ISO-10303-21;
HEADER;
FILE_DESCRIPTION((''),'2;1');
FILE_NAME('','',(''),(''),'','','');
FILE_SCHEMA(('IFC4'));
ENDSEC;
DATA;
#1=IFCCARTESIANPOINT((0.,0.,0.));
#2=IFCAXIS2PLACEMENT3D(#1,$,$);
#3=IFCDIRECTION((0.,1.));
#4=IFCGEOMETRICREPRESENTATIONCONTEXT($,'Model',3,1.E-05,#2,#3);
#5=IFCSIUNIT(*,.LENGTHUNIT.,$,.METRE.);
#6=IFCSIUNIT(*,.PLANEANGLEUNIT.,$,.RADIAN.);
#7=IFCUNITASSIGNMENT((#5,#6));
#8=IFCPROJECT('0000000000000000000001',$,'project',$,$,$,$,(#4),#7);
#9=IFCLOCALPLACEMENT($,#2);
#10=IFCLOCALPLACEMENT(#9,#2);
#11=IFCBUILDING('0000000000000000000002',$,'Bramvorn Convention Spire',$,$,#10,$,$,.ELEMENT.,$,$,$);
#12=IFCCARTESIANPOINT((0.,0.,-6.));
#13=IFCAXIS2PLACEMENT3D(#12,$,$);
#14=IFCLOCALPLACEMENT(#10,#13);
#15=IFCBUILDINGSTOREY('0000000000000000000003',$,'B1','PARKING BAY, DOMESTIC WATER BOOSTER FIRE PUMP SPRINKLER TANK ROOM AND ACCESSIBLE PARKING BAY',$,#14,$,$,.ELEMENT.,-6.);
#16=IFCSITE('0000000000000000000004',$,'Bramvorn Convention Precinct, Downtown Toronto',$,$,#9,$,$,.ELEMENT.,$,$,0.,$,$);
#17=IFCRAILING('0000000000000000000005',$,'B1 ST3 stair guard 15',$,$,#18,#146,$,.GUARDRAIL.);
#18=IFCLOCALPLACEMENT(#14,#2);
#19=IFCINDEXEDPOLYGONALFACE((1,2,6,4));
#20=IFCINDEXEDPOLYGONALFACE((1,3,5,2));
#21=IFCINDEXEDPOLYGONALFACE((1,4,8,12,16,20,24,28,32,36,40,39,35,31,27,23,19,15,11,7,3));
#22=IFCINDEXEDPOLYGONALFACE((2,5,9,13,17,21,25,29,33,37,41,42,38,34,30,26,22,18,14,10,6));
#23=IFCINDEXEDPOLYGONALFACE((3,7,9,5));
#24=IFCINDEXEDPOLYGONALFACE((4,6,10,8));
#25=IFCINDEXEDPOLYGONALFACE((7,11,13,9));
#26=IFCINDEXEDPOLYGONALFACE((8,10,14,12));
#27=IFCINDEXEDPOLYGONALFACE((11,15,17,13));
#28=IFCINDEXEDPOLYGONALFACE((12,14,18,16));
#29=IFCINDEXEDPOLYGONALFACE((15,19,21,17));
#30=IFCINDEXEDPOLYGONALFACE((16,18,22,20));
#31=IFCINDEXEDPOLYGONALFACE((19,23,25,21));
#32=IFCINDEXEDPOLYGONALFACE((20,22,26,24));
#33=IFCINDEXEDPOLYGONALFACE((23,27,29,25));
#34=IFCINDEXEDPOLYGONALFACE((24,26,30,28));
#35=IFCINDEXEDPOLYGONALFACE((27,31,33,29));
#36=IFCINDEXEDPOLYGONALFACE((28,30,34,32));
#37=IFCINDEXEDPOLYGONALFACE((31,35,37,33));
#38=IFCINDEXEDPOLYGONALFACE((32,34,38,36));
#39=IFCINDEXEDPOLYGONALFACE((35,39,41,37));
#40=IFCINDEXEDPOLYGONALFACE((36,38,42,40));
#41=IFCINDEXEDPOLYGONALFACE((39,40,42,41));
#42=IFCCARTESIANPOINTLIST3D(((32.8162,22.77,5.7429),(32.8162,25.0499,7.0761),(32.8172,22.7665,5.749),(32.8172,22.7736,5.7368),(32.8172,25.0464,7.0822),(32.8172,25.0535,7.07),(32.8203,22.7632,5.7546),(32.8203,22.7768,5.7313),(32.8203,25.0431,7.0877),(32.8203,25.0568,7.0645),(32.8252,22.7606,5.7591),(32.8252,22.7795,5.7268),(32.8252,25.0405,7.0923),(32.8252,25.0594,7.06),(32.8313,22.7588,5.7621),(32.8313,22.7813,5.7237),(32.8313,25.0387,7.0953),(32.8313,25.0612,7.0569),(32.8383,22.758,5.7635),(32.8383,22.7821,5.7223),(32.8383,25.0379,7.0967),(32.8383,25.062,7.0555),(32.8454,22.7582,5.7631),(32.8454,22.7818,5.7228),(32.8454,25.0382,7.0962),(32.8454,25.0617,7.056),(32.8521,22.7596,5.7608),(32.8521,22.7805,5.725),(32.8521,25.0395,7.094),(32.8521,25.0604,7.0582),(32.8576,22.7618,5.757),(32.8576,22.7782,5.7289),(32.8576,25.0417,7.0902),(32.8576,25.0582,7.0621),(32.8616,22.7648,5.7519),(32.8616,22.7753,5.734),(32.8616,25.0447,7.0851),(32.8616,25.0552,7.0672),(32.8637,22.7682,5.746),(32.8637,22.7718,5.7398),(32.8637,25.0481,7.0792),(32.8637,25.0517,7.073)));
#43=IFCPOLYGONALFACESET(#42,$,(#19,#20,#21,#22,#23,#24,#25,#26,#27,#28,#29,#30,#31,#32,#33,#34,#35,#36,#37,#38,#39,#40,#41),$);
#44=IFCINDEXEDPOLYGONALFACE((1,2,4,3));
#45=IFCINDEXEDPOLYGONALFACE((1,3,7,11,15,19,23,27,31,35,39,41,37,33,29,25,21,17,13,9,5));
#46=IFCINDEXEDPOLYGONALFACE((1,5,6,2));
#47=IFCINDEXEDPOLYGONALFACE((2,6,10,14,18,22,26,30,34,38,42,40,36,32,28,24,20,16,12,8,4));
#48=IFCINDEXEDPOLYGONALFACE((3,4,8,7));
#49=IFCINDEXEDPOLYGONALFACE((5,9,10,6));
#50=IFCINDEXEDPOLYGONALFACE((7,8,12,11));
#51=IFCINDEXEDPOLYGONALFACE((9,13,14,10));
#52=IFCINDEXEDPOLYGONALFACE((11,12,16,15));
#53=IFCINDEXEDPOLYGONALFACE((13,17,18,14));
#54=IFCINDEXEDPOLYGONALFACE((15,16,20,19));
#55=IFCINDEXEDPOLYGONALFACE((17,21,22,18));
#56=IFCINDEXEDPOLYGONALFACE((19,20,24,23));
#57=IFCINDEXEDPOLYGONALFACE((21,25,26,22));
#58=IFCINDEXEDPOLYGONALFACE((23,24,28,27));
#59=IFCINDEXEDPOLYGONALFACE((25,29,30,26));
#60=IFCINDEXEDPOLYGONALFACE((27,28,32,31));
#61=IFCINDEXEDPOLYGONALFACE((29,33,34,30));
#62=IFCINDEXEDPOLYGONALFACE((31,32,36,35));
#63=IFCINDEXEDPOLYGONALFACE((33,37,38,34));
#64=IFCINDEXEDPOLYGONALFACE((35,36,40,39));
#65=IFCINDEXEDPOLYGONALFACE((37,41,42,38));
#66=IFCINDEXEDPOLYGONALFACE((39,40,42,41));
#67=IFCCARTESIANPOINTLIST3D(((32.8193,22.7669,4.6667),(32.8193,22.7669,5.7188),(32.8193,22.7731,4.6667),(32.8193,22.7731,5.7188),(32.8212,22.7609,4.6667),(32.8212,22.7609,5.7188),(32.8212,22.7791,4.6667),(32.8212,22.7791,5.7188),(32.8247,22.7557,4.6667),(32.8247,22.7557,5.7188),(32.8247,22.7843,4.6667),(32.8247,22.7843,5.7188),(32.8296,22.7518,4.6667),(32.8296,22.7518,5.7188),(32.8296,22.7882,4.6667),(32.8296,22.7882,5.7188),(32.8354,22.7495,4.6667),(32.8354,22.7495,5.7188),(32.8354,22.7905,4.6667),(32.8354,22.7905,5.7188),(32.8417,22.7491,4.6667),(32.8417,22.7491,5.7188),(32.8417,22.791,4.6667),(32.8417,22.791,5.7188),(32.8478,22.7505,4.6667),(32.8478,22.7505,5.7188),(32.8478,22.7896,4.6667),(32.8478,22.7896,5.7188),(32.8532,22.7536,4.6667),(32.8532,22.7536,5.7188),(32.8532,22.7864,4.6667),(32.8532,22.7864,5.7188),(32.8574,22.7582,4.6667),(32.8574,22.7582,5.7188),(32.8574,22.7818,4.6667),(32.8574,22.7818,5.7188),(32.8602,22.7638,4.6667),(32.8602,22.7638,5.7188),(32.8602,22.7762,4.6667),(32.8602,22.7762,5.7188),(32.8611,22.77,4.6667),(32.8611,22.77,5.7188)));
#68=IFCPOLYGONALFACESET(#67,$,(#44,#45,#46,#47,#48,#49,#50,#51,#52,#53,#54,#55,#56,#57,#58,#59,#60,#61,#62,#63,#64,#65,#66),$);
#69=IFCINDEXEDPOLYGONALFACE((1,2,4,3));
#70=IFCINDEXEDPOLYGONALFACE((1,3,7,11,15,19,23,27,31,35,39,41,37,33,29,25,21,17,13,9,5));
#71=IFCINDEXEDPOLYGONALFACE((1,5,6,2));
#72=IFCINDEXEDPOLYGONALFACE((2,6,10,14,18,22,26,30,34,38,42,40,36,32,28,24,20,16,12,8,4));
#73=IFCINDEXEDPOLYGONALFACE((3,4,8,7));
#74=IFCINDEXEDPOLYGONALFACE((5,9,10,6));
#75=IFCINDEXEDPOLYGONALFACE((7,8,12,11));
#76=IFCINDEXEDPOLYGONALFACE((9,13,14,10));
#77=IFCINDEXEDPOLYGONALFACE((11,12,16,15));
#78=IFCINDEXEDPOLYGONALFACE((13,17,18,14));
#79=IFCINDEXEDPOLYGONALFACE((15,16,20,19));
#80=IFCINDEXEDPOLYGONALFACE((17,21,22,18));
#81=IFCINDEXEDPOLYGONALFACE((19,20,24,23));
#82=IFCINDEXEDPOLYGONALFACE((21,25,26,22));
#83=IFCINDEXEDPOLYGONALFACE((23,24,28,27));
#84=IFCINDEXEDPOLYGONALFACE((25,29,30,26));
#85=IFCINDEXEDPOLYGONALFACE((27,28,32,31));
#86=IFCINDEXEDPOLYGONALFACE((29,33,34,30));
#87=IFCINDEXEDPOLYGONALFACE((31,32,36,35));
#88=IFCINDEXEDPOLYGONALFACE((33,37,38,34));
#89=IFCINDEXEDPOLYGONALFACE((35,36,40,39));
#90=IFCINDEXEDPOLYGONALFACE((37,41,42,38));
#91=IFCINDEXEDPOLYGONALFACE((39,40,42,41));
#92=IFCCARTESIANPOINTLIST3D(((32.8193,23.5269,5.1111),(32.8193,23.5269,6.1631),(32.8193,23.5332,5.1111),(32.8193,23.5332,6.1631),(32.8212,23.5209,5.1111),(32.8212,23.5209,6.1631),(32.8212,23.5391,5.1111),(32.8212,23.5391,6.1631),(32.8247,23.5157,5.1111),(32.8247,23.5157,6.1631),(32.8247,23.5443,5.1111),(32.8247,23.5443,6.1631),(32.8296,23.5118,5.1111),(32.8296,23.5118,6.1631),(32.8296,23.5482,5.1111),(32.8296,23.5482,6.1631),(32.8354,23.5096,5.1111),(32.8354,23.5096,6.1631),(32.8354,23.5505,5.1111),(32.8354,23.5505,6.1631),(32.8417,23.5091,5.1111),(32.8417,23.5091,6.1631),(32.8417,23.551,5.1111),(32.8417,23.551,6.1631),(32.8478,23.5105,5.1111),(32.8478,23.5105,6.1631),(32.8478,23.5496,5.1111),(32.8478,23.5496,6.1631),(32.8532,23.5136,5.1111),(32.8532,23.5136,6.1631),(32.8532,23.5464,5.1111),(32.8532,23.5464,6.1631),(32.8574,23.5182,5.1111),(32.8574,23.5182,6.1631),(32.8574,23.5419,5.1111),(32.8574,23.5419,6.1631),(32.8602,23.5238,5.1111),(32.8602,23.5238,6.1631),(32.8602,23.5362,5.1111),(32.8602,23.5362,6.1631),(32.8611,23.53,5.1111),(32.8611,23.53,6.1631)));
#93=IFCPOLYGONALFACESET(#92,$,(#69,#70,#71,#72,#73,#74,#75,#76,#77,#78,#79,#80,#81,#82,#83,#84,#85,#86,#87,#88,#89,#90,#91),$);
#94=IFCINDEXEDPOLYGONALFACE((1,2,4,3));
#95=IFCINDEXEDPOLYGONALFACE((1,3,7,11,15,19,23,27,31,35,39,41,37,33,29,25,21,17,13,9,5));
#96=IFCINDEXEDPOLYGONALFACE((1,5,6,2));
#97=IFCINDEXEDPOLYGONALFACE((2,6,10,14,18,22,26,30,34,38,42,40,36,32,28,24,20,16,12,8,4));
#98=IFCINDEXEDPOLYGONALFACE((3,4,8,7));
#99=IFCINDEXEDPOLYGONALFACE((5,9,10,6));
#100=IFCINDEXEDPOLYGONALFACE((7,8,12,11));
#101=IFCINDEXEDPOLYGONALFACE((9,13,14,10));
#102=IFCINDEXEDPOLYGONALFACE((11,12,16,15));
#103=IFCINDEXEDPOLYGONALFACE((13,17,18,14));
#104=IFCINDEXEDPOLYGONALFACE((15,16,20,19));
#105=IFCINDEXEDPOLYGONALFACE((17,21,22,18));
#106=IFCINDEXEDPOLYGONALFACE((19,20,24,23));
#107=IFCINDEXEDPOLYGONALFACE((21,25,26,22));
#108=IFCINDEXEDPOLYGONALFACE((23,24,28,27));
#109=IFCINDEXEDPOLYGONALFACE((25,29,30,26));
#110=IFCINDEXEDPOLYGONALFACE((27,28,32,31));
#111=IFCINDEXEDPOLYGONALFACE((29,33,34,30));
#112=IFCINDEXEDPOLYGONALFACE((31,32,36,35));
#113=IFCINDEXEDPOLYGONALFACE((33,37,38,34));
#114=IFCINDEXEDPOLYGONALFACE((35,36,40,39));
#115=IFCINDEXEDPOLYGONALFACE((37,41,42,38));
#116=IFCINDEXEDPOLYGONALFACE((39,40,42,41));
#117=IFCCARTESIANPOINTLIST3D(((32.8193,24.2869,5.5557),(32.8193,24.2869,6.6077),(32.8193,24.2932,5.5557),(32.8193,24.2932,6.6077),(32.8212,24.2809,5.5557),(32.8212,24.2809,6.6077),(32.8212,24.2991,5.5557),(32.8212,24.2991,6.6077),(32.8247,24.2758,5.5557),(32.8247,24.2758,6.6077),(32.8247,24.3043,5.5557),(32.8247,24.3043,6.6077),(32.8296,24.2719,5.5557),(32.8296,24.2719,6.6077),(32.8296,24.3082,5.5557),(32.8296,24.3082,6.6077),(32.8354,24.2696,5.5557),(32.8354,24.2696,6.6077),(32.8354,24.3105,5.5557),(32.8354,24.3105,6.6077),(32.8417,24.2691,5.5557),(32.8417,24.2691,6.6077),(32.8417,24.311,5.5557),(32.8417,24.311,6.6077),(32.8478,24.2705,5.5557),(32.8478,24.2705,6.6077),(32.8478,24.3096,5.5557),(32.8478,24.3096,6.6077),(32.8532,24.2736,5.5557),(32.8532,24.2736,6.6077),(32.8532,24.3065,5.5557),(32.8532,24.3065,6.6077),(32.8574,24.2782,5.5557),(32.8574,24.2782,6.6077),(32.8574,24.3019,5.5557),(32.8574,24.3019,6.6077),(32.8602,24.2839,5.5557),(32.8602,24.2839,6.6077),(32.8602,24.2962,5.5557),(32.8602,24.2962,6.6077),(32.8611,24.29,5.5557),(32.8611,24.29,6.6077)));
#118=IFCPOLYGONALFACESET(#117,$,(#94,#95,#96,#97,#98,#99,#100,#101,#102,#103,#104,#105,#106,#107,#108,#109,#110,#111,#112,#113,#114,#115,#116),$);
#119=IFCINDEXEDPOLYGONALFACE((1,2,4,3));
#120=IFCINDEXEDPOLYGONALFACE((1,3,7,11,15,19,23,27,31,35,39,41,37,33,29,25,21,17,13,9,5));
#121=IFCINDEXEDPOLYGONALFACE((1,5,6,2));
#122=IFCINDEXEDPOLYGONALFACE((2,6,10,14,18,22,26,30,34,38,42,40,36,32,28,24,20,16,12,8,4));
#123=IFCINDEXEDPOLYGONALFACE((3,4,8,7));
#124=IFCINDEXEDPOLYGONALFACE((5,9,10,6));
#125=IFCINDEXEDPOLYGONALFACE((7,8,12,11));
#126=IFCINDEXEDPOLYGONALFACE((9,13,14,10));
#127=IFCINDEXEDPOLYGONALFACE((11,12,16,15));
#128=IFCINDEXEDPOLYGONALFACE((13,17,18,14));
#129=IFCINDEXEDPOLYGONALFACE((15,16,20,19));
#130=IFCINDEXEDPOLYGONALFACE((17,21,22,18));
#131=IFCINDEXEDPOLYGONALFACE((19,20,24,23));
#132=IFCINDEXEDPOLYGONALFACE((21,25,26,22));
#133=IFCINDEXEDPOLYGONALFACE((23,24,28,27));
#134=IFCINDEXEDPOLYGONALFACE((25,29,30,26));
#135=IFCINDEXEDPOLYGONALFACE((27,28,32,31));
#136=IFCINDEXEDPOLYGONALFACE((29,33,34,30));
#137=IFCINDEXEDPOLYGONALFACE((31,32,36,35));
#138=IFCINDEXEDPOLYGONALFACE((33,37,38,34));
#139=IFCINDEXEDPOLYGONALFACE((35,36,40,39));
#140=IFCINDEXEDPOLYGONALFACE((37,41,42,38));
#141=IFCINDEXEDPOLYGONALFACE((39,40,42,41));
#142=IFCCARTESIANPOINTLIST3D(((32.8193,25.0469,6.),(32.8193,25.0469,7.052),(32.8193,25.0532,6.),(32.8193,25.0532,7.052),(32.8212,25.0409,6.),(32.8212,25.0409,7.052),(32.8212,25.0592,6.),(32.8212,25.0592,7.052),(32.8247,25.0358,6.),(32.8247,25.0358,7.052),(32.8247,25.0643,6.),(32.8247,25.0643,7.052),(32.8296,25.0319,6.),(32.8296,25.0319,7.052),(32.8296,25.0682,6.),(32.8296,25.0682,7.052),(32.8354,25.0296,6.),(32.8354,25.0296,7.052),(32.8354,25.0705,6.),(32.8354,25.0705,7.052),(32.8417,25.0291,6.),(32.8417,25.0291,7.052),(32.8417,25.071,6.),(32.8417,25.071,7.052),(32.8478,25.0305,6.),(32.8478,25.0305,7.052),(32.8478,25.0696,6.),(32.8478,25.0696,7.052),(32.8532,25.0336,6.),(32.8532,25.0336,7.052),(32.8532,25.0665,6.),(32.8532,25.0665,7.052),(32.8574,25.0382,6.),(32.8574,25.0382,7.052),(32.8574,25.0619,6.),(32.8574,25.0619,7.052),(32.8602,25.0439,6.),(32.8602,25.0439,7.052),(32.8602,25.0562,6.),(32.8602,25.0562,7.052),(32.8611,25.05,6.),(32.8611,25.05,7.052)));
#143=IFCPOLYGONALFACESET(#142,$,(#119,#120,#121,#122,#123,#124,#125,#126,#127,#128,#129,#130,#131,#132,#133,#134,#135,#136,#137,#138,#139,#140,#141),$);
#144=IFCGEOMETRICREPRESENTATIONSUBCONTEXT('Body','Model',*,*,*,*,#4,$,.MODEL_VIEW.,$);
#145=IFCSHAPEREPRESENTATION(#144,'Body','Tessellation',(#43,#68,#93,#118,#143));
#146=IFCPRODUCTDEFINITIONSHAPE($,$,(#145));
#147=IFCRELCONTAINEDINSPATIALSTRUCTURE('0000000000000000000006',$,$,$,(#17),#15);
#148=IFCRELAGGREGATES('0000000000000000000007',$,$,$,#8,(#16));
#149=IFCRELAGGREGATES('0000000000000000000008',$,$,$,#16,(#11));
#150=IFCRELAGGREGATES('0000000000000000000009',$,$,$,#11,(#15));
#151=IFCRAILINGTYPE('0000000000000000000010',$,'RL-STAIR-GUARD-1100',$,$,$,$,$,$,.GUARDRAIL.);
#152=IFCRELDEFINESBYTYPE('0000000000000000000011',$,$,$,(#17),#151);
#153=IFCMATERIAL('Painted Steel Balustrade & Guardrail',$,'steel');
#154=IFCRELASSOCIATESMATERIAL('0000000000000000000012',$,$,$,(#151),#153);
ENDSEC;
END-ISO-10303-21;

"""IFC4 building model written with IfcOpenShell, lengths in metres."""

from ifc_helpers import new_model, si_unit, direction, frame, origin, origin_2d, place, context, subcontext, project, spatial, circle, extrude, material, type_object, element, save


model = new_model("IFC4")

# Units and contexts
model_context = context("Model", 3, precision=1e-05, world=origin(), true_north=direction((0.0, 1.0)))
body_context = subcontext(model_context, "Body", "Model", "MODEL_VIEW")
ifc_project = project(units=[si_unit("LENGTHUNIT", "METRE"), si_unit("PLANEANGLEUNIT", "RADIAN")], contexts=[model_context])

# Site, building, storey
site_placement = place(None, origin())
site = spatial("IfcSite", under=ifc_project, at=site_placement, Name="Bramvorn Convention Precinct, Downtown Toronto", CompositionType="ELEMENT", RefElevation=0.0)
building_placement = place(site_placement, origin())
building = spatial("IfcBuilding", under=site, at=building_placement, Name="Bramvorn Convention Spire", CompositionType="ELEMENT")
storey_placement = place(building_placement, frame((0.0, 0.0, -6.0)))
storey = spatial("IfcBuildingStorey", under=building, at=storey_placement, Name="B1", Description="PARKING BAY, DOMESTIC WATER BOOSTER FIRE PUMP SPRINKLER TANK ROOM AND ACCESSIBLE PARKING BAY", CompositionType="ELEMENT", Elevation=-6.0)

# Railing
ifc_material_1 = material(Name="Painted Steel Balustrade & Guardrail", Category="steel")
railing_type_1 = type_object("IfcRailingType", Name="RL-STAIR-GUARD-1100", PredefinedType="GUARDRAIL", material=ifc_material_1)
railing_1_placement = place(storey_placement, frame((32.8401, 22.77, 4.6667)))
element("IfcRailing", 1, at=railing_1_placement, inside=storey, type_object=railing_type_1, Name="B1 ST3 stair guard 15", PredefinedType="GUARDRAIL", context=body_context, shape_type="SweptSolid", body=[
    extrude(circle(Radius=0.0239, at=origin_2d()), frame((0.0, 0.0, 1.0762), z_axis=(0.0, 0.863245, 0.504785), x_axis=(-1.0, 0.0, 0.0)), (0.0, 0.0, 1.0), 2.6411),
    extrude(circle(Radius=0.021, at=origin_2d()), origin(), (0.0, 0.0, 1.0), 1.052),
    extrude(circle(Radius=0.021, at=origin_2d()), frame((0.0, 0.76, 0.4443)), (0.0, 0.0, 1.0), 1.052),
    extrude(circle(Radius=0.021, at=origin_2d()), frame((0.0, 1.52, 0.8889)), (0.0, 0.0, 1.0), 1.052),
    extrude(circle(Radius=0.021, at=origin_2d()), frame((0.0, 2.28, 1.3333)), (0.0, 0.0, 1.0), 1.052),
])

save(model, "model.ifc")
